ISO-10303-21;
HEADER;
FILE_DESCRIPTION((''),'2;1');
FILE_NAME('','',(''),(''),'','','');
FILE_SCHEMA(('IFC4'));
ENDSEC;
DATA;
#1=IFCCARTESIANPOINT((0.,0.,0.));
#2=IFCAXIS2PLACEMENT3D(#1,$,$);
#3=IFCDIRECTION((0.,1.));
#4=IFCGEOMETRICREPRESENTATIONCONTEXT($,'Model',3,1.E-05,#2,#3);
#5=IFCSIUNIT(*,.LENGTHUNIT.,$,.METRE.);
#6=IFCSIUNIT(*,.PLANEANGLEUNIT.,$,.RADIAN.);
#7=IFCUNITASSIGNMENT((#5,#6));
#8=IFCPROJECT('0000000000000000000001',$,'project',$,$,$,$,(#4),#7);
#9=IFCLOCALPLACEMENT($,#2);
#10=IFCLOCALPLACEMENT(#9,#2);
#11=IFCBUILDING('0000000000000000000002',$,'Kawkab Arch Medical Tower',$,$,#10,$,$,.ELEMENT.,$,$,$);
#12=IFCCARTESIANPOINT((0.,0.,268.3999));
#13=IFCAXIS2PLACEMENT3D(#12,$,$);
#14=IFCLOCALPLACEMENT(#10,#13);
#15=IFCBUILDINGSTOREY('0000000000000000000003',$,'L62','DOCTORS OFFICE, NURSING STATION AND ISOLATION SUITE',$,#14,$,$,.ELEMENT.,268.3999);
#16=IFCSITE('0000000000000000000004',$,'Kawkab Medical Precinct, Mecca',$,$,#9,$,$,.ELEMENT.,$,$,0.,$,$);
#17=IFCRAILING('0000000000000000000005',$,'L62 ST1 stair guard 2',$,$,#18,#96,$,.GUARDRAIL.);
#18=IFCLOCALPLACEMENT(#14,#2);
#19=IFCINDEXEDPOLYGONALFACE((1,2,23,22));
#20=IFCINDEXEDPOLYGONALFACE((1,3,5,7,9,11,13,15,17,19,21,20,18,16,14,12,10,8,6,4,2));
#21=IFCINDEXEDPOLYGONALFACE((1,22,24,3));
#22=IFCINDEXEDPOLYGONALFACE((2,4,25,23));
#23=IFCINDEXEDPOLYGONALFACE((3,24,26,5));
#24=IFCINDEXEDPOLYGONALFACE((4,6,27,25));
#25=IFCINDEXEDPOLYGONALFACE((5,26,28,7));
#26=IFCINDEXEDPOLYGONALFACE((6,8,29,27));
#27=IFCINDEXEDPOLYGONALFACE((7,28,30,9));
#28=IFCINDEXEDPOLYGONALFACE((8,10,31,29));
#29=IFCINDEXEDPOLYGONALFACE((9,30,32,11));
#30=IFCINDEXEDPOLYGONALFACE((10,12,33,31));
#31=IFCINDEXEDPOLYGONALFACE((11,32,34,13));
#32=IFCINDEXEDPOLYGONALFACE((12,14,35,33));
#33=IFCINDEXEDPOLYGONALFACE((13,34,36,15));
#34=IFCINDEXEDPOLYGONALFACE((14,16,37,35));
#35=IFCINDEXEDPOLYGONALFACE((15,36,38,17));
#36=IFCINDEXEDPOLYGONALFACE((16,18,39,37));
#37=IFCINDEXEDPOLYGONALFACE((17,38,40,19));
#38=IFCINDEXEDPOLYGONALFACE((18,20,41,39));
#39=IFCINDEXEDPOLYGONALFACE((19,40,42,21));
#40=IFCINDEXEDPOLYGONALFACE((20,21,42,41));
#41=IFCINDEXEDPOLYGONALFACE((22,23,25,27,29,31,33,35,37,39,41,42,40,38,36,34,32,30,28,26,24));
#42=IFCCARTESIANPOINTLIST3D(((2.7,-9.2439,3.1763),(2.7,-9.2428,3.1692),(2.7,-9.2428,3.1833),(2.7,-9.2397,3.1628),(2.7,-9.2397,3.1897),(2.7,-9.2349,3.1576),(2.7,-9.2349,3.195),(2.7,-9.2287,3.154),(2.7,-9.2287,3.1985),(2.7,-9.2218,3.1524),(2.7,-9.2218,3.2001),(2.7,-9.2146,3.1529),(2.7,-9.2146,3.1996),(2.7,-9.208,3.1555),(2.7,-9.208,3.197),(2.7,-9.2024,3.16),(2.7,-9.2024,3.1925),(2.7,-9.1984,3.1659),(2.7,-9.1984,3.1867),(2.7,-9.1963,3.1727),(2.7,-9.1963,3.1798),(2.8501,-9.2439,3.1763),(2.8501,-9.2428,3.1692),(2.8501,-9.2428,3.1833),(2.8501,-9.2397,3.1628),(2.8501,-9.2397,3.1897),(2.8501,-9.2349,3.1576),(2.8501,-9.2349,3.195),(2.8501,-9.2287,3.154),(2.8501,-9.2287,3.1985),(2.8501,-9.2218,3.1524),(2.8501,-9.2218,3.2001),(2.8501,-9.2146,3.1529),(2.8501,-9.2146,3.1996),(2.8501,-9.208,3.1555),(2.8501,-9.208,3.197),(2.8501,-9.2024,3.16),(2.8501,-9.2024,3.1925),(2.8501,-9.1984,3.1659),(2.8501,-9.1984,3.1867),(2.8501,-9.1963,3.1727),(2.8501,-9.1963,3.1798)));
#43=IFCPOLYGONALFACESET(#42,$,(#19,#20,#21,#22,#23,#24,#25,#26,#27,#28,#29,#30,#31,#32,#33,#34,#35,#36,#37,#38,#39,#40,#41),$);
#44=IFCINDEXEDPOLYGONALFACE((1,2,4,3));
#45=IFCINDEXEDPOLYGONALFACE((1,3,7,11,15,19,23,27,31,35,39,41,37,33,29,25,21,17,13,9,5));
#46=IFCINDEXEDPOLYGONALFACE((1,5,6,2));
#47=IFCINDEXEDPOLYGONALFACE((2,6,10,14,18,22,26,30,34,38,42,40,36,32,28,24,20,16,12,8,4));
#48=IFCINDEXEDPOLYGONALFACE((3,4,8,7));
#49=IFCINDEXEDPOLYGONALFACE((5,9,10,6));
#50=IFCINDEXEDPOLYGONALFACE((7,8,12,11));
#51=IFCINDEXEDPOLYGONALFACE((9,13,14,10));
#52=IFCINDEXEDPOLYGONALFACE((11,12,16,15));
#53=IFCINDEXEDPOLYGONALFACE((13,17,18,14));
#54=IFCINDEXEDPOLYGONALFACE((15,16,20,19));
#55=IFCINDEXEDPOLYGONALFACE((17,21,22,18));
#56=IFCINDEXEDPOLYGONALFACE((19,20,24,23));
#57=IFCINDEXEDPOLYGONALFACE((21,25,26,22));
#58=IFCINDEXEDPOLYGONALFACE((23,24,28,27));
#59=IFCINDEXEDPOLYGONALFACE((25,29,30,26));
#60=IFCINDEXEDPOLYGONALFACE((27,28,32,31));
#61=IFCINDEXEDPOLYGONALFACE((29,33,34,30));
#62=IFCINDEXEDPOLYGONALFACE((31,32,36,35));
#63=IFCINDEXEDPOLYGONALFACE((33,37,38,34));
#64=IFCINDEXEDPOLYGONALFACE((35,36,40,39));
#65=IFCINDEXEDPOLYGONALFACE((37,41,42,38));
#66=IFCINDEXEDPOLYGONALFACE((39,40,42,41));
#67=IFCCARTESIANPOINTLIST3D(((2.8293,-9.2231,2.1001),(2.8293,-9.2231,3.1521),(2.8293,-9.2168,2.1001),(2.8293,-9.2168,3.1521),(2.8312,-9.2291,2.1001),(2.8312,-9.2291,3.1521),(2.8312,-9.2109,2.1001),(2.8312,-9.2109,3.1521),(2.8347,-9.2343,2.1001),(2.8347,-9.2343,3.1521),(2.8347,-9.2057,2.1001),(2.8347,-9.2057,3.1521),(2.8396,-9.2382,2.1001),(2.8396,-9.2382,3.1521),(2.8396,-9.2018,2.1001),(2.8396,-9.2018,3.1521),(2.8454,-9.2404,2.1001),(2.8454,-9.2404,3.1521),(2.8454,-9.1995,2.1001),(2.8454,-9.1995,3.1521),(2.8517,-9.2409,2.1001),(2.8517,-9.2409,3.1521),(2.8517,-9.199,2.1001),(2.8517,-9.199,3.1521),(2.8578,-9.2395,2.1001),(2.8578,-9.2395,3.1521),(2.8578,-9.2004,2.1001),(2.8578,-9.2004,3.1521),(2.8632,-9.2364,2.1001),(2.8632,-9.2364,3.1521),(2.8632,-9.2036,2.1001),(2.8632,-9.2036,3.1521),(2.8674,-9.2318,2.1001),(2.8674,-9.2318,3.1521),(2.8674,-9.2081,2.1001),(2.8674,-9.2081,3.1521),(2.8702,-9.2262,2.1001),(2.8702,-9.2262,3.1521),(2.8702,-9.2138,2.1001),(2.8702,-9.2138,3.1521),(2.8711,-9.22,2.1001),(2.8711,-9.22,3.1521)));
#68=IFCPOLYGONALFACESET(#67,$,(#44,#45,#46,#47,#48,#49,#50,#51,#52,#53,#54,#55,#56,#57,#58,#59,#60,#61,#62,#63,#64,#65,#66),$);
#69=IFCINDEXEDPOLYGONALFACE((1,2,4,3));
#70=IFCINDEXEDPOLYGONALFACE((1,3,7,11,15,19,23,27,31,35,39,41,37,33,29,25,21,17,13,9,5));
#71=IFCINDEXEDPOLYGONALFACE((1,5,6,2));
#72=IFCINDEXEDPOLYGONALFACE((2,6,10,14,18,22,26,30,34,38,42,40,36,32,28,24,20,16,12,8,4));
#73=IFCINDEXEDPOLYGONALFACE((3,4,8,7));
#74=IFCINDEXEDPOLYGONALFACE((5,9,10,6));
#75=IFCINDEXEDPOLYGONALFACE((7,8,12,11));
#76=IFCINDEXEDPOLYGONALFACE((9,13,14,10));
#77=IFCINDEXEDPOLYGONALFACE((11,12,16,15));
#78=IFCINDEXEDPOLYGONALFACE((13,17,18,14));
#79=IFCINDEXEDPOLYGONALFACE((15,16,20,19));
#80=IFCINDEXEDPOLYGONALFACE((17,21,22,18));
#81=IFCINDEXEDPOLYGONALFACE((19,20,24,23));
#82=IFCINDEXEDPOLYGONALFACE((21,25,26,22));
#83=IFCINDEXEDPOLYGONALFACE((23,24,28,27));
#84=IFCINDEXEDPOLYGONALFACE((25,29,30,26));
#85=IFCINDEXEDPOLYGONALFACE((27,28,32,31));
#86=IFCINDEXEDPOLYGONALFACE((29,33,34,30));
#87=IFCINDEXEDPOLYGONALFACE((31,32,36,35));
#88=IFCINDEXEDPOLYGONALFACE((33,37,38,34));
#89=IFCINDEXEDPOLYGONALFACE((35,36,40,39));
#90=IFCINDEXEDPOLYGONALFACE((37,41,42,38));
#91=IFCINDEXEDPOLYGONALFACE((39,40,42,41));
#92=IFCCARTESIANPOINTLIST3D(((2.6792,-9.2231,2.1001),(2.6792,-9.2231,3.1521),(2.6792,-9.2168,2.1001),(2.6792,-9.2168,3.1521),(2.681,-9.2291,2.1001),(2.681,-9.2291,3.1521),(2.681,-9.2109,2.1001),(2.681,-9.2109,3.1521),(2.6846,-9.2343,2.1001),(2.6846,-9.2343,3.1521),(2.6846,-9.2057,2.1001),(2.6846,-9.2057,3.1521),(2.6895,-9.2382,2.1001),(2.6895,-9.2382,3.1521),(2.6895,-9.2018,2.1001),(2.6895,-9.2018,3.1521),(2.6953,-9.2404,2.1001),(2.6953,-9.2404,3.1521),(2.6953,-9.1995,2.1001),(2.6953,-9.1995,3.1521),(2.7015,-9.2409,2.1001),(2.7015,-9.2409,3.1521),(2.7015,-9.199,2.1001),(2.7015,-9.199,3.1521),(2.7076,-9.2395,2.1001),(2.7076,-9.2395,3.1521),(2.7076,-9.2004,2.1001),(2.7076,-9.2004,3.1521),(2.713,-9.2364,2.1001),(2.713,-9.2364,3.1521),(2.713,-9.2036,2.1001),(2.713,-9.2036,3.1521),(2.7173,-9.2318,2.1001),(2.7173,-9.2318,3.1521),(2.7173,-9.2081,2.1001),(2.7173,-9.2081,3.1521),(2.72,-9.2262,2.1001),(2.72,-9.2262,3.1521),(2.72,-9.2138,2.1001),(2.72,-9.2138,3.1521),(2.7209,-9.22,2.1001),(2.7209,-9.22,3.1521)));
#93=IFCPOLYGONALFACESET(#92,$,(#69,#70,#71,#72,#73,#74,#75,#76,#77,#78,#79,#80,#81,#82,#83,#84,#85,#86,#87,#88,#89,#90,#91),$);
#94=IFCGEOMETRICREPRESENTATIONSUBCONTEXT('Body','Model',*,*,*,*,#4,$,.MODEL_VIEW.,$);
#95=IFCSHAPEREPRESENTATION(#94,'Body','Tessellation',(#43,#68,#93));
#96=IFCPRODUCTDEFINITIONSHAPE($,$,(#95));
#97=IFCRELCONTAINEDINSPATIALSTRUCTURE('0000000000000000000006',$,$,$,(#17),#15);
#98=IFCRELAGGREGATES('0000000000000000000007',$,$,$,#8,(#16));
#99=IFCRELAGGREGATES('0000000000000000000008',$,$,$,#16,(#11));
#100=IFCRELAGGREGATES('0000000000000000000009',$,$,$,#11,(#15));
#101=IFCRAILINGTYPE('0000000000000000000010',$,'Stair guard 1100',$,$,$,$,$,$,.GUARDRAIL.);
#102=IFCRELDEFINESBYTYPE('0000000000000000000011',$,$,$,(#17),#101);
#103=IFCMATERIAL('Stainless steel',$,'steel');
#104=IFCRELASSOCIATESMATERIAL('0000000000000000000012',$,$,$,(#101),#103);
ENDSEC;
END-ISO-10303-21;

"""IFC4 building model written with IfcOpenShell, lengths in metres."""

from ifc_helpers import new_model, si_unit, direction, frame, origin, origin_2d, place, context, subcontext, project, spatial, circle, extrude, material, type_object, element, save


model = new_model("IFC4")

# Units and contexts
model_context = context("Model", 3, precision=1e-05, world=origin(), true_north=direction((0.0, 1.0)))
body_context = subcontext(model_context, "Body", "Model", "MODEL_VIEW")
ifc_project = project(units=[si_unit("LENGTHUNIT", "METRE"), si_unit("PLANEANGLEUNIT", "RADIAN")], contexts=[model_context])

# Site, building, storey
site_placement = place(None, origin())
site = spatial("IfcSite", under=ifc_project, at=site_placement, Name="Kawkab Medical Precinct, Mecca", CompositionType="ELEMENT", RefElevation=0.0)
building_placement = place(site_placement, origin())
building = spatial("IfcBuilding", under=site, at=building_placement, Name="Kawkab Arch Medical Tower", CompositionType="ELEMENT")
storey_placement = place(building_placement, frame((0.0, 0.0, 268.3999)))
storey = spatial("IfcBuildingStorey", under=building, at=storey_placement, Name="L62", Description="DOCTORS OFFICE, NURSING STATION AND ISOLATION SUITE", CompositionType="ELEMENT", Elevation=268.3999)

# Railing
ifc_material_1 = material(Name="Stainless steel", Category="steel")
railing_type_1 = type_object("IfcRailingType", Name="Stair guard 1100", PredefinedType="GUARDRAIL", material=ifc_material_1)
railing_1_placement = place(storey_placement, frame((2.8501, -9.22, 2.1001)))
element("IfcRailing", 1, at=railing_1_placement, inside=storey, type_object=railing_type_1, Name="L62 ST1 stair guard 2", PredefinedType="GUARDRAIL", context=body_context, shape_type="SweptSolid", body=[
    extrude(circle(Radius=0.0239, at=origin_2d()), frame((0.0, 0.0, 1.0762), z_axis=(-1.0, 0.0, 0.0), x_axis=(0.0, -1.0, 0.0)), (0.0, 0.0, 1.0), 0.1501),
    extrude(circle(Radius=0.021, at=origin_2d()), origin(), (0.0, 0.0, 1.0), 1.052),
    extrude(circle(Radius=0.021, at=origin_2d()), frame((-0.1501, 0.0, 0.0)), (0.0, 0.0, 1.0), 1.052),
])

save(model, "model.ifc")
